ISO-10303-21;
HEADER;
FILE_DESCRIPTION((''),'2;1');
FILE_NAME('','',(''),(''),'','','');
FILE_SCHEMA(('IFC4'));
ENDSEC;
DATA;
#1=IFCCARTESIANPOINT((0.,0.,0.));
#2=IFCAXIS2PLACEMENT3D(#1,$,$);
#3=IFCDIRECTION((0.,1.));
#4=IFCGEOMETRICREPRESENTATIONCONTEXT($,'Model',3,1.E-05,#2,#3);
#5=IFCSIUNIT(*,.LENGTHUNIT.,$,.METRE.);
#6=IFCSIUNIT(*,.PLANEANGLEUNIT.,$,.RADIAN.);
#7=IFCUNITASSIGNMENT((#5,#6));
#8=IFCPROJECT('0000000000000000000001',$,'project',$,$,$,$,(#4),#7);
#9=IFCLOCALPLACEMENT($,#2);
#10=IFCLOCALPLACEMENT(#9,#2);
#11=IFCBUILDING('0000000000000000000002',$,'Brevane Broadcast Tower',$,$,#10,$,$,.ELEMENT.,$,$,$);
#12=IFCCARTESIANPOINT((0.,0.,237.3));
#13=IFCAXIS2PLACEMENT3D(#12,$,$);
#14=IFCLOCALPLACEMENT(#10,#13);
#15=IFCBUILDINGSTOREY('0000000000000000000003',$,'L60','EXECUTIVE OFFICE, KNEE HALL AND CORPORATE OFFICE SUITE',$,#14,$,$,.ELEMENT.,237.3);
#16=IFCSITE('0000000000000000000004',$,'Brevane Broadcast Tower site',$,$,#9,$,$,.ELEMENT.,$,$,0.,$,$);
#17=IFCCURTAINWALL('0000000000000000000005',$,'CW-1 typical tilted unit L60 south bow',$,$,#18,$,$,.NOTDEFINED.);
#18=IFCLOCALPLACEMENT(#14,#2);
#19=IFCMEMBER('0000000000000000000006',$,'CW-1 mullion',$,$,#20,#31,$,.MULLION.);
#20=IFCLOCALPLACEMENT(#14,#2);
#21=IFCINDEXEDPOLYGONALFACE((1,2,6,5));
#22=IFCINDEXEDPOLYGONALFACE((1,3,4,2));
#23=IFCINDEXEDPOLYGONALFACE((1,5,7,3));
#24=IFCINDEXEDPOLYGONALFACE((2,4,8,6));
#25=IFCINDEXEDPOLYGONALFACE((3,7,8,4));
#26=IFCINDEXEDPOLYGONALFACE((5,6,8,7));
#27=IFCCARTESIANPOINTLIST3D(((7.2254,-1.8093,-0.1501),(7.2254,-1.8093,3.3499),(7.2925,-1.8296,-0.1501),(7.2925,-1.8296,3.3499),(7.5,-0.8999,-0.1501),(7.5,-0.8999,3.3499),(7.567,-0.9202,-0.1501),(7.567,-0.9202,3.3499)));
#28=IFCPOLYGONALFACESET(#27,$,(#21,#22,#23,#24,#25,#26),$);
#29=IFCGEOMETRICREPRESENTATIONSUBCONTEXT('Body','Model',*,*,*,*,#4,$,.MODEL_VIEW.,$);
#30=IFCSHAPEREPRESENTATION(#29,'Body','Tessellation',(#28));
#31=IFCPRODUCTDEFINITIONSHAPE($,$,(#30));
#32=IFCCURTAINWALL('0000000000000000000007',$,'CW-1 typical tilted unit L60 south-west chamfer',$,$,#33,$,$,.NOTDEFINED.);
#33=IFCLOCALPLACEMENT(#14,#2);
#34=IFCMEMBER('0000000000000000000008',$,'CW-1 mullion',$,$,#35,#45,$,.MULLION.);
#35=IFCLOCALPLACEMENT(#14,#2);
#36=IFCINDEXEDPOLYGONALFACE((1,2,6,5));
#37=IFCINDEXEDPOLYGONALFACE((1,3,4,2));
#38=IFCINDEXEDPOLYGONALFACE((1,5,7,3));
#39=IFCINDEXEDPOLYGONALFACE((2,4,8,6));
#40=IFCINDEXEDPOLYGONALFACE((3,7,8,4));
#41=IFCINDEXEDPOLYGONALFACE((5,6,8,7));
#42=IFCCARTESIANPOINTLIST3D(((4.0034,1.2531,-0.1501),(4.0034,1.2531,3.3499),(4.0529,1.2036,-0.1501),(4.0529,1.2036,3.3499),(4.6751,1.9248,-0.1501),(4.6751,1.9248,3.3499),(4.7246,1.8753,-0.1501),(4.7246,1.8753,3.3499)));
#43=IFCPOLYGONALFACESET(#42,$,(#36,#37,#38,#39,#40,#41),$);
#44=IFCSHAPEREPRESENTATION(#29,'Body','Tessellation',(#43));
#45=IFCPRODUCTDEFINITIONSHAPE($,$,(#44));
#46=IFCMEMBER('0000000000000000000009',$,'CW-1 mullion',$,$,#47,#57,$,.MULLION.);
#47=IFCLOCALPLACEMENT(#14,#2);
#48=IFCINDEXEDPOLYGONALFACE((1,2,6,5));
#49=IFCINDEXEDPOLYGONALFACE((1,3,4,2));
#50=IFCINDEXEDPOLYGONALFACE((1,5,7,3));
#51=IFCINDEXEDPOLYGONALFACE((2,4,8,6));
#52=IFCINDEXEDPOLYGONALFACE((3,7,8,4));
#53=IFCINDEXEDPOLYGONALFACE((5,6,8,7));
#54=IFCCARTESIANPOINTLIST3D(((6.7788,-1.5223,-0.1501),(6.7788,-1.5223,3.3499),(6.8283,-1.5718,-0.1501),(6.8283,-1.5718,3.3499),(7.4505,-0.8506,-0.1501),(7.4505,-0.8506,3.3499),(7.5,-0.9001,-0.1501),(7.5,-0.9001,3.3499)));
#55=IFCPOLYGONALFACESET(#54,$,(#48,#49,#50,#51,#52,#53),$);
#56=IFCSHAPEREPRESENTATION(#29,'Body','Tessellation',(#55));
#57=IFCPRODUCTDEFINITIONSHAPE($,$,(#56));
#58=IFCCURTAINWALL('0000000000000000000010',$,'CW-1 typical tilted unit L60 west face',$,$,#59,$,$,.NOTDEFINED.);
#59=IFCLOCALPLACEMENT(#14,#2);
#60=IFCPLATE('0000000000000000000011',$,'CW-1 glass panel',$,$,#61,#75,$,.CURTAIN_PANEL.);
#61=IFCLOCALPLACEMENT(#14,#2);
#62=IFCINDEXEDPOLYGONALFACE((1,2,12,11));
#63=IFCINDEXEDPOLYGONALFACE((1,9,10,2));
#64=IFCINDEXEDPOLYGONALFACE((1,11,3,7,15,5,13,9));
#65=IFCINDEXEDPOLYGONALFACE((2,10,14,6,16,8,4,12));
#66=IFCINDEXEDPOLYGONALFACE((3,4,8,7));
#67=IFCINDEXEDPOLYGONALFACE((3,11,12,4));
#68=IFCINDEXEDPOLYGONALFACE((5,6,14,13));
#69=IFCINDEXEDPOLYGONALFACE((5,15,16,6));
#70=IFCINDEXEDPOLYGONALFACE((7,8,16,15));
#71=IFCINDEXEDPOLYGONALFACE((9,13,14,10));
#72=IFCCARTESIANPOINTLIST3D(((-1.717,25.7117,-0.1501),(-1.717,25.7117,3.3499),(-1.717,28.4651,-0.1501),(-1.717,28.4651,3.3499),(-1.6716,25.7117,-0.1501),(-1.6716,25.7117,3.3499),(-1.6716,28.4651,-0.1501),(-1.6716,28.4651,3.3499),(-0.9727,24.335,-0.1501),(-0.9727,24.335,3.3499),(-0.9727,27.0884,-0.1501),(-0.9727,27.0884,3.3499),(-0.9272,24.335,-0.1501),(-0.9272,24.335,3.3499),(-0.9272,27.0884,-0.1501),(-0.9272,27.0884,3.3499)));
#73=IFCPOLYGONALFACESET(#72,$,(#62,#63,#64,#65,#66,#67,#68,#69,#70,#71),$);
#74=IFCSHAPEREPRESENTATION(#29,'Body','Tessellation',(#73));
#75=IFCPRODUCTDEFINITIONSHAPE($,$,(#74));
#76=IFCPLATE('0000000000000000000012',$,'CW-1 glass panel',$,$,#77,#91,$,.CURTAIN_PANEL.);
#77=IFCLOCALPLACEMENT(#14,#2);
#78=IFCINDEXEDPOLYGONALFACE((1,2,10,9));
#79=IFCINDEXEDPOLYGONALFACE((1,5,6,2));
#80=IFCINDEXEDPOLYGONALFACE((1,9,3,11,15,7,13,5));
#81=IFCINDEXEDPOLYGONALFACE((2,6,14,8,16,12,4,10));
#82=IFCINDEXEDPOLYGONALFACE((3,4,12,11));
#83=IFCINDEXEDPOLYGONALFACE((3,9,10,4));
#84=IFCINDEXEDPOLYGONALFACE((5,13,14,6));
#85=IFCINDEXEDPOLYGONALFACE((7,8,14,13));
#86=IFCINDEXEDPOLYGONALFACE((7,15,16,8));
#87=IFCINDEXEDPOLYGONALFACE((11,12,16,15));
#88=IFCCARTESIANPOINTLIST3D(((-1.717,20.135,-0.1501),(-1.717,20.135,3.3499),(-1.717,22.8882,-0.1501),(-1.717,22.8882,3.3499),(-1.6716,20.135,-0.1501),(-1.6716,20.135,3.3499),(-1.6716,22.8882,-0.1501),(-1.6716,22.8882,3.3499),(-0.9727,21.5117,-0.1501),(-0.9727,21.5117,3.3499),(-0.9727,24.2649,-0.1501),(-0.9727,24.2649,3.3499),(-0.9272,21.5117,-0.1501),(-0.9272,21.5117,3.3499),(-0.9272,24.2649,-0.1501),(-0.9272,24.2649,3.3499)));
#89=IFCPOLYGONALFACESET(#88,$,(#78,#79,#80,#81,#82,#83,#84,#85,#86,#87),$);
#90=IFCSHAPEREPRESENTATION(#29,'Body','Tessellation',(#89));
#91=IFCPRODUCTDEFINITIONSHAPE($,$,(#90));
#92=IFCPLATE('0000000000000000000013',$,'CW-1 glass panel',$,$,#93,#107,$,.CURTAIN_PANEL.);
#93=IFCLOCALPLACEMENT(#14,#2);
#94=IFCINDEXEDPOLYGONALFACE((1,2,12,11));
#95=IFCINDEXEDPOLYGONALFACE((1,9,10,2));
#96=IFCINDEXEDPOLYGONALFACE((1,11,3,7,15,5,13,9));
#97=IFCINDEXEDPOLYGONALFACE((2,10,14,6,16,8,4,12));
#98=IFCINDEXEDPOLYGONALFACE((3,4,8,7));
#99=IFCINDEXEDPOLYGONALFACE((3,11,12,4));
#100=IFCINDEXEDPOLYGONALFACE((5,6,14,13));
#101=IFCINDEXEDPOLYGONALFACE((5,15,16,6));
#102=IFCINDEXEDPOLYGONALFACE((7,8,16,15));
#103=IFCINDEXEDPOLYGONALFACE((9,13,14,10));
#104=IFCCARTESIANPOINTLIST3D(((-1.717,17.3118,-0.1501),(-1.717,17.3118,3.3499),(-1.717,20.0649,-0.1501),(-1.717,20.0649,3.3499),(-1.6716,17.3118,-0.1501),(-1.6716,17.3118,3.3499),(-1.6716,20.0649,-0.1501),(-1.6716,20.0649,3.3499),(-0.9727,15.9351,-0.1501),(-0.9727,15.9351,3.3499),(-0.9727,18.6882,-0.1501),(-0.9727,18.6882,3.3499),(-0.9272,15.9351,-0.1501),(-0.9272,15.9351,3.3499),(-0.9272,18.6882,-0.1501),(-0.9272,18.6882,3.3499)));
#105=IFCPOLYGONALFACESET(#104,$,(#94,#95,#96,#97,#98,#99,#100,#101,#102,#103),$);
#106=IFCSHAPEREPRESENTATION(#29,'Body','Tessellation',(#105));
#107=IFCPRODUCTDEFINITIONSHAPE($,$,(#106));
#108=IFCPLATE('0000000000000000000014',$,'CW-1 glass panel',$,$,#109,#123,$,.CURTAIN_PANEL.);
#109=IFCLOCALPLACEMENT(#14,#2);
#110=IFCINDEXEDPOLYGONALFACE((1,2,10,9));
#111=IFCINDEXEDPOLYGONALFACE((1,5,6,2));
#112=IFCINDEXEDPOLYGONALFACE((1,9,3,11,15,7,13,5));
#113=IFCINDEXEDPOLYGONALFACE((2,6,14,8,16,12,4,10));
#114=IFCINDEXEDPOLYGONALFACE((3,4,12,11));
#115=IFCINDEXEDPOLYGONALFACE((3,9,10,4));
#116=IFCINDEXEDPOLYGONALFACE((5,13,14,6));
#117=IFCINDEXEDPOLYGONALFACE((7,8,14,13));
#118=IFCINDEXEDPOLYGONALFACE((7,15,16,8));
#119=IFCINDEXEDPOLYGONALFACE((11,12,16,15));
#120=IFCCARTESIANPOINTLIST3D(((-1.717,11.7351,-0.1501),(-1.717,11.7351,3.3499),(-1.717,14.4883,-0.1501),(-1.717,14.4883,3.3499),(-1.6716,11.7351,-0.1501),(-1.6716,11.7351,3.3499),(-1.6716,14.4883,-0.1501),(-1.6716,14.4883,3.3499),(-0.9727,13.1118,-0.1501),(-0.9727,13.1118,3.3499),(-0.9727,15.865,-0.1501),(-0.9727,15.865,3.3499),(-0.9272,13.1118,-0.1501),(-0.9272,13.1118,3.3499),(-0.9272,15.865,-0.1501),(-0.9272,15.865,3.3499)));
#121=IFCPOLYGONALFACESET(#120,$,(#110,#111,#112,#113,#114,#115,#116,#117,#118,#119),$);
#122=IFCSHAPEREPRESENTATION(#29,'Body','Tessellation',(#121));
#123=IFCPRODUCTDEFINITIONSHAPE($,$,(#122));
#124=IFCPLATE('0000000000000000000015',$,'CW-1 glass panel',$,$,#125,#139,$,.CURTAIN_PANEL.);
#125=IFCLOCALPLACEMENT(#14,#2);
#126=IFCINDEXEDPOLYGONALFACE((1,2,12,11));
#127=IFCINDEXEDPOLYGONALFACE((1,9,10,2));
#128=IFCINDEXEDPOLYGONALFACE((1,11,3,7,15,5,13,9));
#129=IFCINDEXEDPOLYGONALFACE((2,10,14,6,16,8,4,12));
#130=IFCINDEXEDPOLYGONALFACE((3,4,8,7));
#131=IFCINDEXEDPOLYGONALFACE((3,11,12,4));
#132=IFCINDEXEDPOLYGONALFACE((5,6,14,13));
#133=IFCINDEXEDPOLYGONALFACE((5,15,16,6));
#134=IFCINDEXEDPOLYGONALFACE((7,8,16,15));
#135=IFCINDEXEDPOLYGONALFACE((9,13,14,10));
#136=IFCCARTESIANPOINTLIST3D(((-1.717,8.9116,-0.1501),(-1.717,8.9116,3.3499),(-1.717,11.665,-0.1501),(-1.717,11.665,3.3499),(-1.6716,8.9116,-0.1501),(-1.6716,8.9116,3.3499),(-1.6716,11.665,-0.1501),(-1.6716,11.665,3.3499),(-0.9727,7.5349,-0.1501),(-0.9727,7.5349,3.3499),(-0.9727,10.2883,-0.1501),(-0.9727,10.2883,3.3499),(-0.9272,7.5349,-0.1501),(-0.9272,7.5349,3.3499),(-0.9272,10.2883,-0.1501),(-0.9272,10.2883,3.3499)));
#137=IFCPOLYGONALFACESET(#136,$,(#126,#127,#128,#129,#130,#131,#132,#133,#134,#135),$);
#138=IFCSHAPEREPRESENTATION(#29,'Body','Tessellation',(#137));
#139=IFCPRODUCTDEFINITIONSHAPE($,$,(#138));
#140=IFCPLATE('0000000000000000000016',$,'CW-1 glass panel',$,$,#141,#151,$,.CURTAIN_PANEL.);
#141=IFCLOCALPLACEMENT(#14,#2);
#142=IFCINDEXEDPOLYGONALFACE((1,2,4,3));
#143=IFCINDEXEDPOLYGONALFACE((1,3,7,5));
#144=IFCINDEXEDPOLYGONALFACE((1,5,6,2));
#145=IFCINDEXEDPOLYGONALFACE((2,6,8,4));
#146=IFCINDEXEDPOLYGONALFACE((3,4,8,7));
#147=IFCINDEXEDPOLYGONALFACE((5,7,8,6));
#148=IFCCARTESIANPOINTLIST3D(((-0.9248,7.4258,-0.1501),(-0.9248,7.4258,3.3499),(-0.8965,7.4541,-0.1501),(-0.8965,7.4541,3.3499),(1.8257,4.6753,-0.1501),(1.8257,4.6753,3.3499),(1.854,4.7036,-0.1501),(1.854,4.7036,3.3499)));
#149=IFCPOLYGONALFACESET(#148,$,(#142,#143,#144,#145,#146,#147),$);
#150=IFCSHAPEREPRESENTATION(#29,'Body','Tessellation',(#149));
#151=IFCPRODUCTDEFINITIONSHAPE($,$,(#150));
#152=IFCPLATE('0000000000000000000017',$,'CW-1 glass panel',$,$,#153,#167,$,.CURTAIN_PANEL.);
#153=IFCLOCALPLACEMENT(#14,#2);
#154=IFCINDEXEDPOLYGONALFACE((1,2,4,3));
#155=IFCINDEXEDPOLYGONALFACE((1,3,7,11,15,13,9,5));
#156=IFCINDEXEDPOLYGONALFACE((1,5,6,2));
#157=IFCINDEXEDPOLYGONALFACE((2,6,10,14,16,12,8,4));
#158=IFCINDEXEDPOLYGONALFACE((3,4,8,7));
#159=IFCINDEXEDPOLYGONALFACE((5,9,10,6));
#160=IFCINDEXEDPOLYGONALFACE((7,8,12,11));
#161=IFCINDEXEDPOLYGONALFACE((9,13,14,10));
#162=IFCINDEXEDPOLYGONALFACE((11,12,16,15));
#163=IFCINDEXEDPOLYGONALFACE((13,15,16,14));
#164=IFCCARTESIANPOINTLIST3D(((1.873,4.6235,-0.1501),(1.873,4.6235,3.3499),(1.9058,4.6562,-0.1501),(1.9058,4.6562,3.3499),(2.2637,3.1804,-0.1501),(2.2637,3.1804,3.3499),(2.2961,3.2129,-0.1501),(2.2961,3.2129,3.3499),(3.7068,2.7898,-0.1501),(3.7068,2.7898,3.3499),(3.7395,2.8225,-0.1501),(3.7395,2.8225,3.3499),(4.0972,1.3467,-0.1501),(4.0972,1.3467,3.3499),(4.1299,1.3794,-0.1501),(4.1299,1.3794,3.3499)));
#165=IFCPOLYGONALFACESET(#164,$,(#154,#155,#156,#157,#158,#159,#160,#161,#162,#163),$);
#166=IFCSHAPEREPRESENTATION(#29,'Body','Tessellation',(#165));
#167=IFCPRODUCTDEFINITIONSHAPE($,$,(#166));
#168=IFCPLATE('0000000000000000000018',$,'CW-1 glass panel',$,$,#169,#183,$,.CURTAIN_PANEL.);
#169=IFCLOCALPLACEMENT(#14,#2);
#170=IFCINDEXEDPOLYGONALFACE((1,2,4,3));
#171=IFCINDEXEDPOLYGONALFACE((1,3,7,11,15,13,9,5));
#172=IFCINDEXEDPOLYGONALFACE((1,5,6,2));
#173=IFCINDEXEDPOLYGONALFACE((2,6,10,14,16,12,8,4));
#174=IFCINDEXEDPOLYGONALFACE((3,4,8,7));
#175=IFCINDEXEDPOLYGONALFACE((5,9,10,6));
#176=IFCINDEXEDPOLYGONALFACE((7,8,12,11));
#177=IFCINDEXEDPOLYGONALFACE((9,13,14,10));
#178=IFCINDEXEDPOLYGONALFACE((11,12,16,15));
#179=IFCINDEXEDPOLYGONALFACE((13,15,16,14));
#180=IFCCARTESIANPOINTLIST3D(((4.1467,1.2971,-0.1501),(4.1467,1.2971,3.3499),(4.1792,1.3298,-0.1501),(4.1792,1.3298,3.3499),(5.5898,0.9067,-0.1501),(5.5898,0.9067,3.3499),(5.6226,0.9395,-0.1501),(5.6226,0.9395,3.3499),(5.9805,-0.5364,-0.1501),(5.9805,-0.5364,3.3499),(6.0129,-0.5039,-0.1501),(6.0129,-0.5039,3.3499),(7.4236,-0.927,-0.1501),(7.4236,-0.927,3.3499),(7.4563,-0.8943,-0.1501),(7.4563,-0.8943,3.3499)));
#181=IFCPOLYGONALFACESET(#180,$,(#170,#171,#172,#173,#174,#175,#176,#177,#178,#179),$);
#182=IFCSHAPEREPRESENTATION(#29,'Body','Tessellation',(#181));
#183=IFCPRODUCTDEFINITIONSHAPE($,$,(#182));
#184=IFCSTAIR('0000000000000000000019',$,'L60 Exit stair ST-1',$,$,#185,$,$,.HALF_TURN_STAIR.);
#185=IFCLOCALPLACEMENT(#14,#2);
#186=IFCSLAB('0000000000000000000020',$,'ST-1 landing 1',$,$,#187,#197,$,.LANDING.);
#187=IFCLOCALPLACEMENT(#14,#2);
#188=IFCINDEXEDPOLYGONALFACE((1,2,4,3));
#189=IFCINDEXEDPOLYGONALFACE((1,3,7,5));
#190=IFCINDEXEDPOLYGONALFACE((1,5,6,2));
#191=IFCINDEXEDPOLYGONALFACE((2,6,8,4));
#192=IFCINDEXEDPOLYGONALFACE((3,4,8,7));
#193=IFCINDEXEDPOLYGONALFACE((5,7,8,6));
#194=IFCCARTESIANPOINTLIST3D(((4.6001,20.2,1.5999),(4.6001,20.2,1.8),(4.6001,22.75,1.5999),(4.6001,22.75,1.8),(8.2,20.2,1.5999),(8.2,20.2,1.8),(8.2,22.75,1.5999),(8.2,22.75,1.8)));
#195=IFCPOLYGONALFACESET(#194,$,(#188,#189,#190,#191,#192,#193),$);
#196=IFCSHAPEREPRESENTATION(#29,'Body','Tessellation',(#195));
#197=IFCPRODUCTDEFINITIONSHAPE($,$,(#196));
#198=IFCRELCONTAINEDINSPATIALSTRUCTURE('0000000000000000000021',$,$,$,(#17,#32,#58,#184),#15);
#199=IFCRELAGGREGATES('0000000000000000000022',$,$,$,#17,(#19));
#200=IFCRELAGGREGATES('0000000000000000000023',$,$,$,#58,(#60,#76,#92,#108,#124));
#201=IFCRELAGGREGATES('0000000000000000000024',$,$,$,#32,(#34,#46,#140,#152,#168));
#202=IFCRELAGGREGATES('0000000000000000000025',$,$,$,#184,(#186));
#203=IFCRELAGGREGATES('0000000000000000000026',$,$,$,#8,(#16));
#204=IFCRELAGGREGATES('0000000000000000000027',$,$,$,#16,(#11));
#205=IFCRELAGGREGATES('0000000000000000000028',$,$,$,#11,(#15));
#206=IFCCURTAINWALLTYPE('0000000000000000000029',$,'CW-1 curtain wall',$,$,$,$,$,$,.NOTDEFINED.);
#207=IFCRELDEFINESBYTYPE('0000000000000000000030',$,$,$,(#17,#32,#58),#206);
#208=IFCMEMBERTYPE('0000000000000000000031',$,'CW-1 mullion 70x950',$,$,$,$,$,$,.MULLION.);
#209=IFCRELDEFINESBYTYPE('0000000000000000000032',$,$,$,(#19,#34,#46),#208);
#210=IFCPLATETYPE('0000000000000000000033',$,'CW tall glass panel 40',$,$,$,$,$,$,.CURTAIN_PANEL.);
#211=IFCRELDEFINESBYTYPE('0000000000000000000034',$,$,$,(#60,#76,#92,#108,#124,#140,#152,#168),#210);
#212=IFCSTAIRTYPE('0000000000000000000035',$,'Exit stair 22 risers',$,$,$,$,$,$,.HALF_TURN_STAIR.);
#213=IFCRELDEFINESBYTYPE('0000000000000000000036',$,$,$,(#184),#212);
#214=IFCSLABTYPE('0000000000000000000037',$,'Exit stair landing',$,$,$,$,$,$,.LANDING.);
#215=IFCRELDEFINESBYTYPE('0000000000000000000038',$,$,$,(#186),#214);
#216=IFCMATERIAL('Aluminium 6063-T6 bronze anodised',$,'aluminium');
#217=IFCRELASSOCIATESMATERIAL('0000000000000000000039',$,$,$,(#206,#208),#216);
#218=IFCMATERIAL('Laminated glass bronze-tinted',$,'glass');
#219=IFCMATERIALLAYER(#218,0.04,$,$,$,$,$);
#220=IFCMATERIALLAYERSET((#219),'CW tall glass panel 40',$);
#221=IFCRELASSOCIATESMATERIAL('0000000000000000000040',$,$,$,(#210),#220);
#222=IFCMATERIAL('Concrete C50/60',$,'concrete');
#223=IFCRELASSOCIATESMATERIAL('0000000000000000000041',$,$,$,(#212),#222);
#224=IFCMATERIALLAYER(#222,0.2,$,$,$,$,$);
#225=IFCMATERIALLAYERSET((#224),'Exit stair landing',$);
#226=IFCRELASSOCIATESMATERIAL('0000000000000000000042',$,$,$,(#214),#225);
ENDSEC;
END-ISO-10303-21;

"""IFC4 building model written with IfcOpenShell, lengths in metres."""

from ifc_helpers import new_model, si_unit, direction, frame, origin, origin_2d, place, context, subcontext, project, spatial, polyline, rectangle, outline, extrude, material, layer, layer_set, material_profile, profile_set, type_object, element, aggregate, save


model = new_model("IFC4")

# Units and contexts
model_context = context("Model", 3, precision=1e-05, world=origin(), true_north=direction((0.0, 1.0)))
body_context = subcontext(model_context, "Body", "Model", "MODEL_VIEW")
ifc_project = project(units=[si_unit("LENGTHUNIT", "METRE"), si_unit("PLANEANGLEUNIT", "RADIAN")], contexts=[model_context])

# Site, building, storey
site_placement = place(None, origin())
site = spatial("IfcSite", under=ifc_project, at=site_placement, Name="Brevane Broadcast Tower site", CompositionType="ELEMENT", RefElevation=0.0)
building_placement = place(site_placement, origin())
building = spatial("IfcBuilding", under=site, at=building_placement, Name="Brevane Broadcast Tower", CompositionType="ELEMENT")
storey_placement = place(building_placement, frame((0.0, 0.0, 237.3)))
storey = spatial("IfcBuildingStorey", under=building, at=storey_placement, Name="L60", Description="EXECUTIVE OFFICE, KNEE HALL AND CORPORATE OFFICE SUITE", CompositionType="ELEMENT", Elevation=237.3)

# Curtain wall, member
ifc_material_1 = material(Name="Aluminium 6063-T6 bronze anodised", Category="aluminium")
curtain_wall_type = type_object("IfcCurtainWallType", Name="CW-1 curtain wall", PredefinedType="NOTDEFINED", material=ifc_material_1)
curtain_wall_1_placement = place(storey_placement, origin())
curtain_wall_1 = element("IfcCurtainWall", 1, at=curtain_wall_1_placement, inside=storey, type_object=curtain_wall_type, Name="CW-1 typical tilted unit L60 south bow", PredefinedType="NOTDEFINED")
ifc_material_profile = material_profile(ifc_material_1, rectangle(XDim=0.95, YDim=0.0701, at=origin_2d()), Name="RECT 70x950")
ifc_profile_set = profile_set([ifc_material_profile], Name="Aluminium 6063-T6 bronze anodised")
member_type = type_object("IfcMemberType", Name="CW-1 mullion 70x950", PredefinedType="MULLION", material=ifc_profile_set)
member_1_placement = place(storey_placement, frame((7.3962, -1.3647, -0.1501), z_axis=(0.0, 0.0, 1.0), x_axis=(0.288968, 0.957339, 0.0)))
member_1 = element("IfcMember", 2, at=member_1_placement, type_object=member_type, Name="CW-1 mullion", PredefinedType="MULLION", context=body_context, shape_type="SweptSolid", body=[
    extrude(rectangle(XDim=0.95, YDim=0.0701, at=origin_2d()), origin(), (0.0, 0.0, 1.0), 3.5),
])
aggregate(curtain_wall_1, [member_1])

# Curtain wall, members
curtain_wall_2_placement = place(storey_placement, origin())
curtain_wall_2 = element("IfcCurtainWall", 3, at=curtain_wall_2_placement, inside=storey, type_object=curtain_wall_type, Name="CW-1 typical tilted unit L60 south-west chamfer", PredefinedType="NOTDEFINED")
member_2_placement = place(storey_placement, frame((4.364, 1.5642, -0.1501), z_axis=(0.0, 0.0, 1.0), x_axis=(0.707107, 0.707107, 0.0)))
member_2 = element("IfcMember", 4, at=member_2_placement, type_object=member_type, Name="CW-1 mullion", PredefinedType="MULLION", context=body_context, shape_type="SweptSolid", body=[
    extrude(rectangle(XDim=0.95, YDim=0.0701, at=origin_2d()), origin(), (0.0, 0.0, 1.0), 3.5),
])
member_3_placement = place(storey_placement, frame((7.1394, -1.2112, -0.1501), z_axis=(0.0, 0.0, 1.0), x_axis=(0.707107, 0.707107, 0.0)))
member_3 = element("IfcMember", 5, at=member_3_placement, type_object=member_type, Name="CW-1 mullion", PredefinedType="MULLION", context=body_context, shape_type="SweptSolid", body=[
    extrude(rectangle(XDim=0.95, YDim=0.0701, at=origin_2d()), origin(), (0.0, 0.0, 1.0), 3.5),
])

# Curtain wall, plates
curtain_wall_3_placement = place(storey_placement, origin())
curtain_wall_3 = element("IfcCurtainWall", 6, at=curtain_wall_3_placement, inside=storey, type_object=curtain_wall_type, Name="CW-1 typical tilted unit L60 west face", PredefinedType="NOTDEFINED")
ifc_material_2 = material(Name="Laminated glass bronze-tinted", Category="glass")
ifc_layer_1 = layer(ifc_material_2, 0.04)
ifc_layer_set_1 = layer_set([ifc_layer_1], Name="CW tall glass panel 40")
plate_type = type_object("IfcPlateType", Name="CW tall glass panel 40", PredefinedType="CURTAIN_PANEL", material=ifc_layer_set_1)
plate_1_placement = place(storey_placement, frame((0.0, 0.0, -0.1501)))
plate_1 = element("IfcPlate", 7, at=plate_1_placement, type_object=plate_type, Name="CW-1 glass panel", PredefinedType="CURTAIN_PANEL", context=body_context, shape_type="SweptSolid", body=[
    extrude(outline(polyline([(-1.6716, 28.4651), (-1.717, 28.4651), (-0.9727, 27.0884), (-1.717, 25.7117), (-0.9727, 24.335), (-0.9272, 24.335), (-1.6716, 25.7117), (-0.9272, 27.0884), (-1.6716, 28.4651)])), origin(), (0.0, 0.0, 1.0), 3.5),
])
plate_2_placement = place(storey_placement, frame((0.0, 0.0, -0.1501)))
plate_2 = element("IfcPlate", 8, at=plate_2_placement, type_object=plate_type, Name="CW-1 glass panel", PredefinedType="CURTAIN_PANEL", context=body_context, shape_type="SweptSolid", body=[
    extrude(outline(polyline([(-0.9272, 24.2649), (-0.9727, 24.2649), (-1.717, 22.8882), (-0.9727, 21.5117), (-1.717, 20.135), (-1.6716, 20.135), (-0.9272, 21.5117), (-1.6716, 22.8882), (-0.9272, 24.2649)])), origin(), (0.0, 0.0, 1.0), 3.5),
])
plate_3_placement = place(storey_placement, frame((0.0, 0.0, -0.1501)))
plate_3 = element("IfcPlate", 9, at=plate_3_placement, type_object=plate_type, Name="CW-1 glass panel", PredefinedType="CURTAIN_PANEL", context=body_context, shape_type="SweptSolid", body=[
    extrude(outline(polyline([(-1.6716, 20.0649), (-1.717, 20.0649), (-0.9727, 18.6882), (-1.717, 17.3118), (-0.9727, 15.9351), (-0.9272, 15.9351), (-1.6716, 17.3118), (-0.9272, 18.6882), (-1.6716, 20.0649)])), origin(), (0.0, 0.0, 1.0), 3.5),
])
plate_4_placement = place(storey_placement, frame((0.0, 0.0, -0.1501)))
plate_4 = element("IfcPlate", 10, at=plate_4_placement, type_object=plate_type, Name="CW-1 glass panel", PredefinedType="CURTAIN_PANEL", context=body_context, shape_type="SweptSolid", body=[
    extrude(outline(polyline([(-0.9272, 15.865), (-0.9727, 15.865), (-1.717, 14.4883), (-0.9727, 13.1118), (-1.717, 11.7351), (-1.6716, 11.7351), (-0.9272, 13.1118), (-1.6716, 14.4883), (-0.9272, 15.865)])), origin(), (0.0, 0.0, 1.0), 3.5),
])
plate_5_placement = place(storey_placement, frame((0.0, 0.0, -0.1501)))
plate_5 = element("IfcPlate", 11, at=plate_5_placement, type_object=plate_type, Name="CW-1 glass panel", PredefinedType="CURTAIN_PANEL", context=body_context, shape_type="SweptSolid", body=[
    extrude(outline(polyline([(-1.6716, 11.665), (-1.717, 11.665), (-0.9727, 10.2883), (-1.717, 8.9116), (-0.9727, 7.5349), (-0.9272, 7.5349), (-1.6716, 8.9116), (-0.9272, 10.2883), (-1.6716, 11.665)])), origin(), (0.0, 0.0, 1.0), 3.5),
])
aggregate(curtain_wall_3, [plate_1, plate_2, plate_3, plate_4, plate_5])

# Plates
plate_6_placement = place(storey_placement, frame((0.0, 0.0, -0.1501)))
plate_6 = element("IfcPlate", 12, at=plate_6_placement, type_object=plate_type, Name="CW-1 glass panel", PredefinedType="CURTAIN_PANEL", context=body_context, shape_type="SweptSolid", body=[
    extrude(outline(polyline([(-0.8965, 7.4541), (1.854, 4.7036), (1.8257, 4.6753), (-0.9248, 7.4258), (-0.8965, 7.4541)])), origin(), (0.0, 0.0, 1.0), 3.5),
])
plate_7_placement = place(storey_placement, frame((0.0, 0.0, -0.1501)))
plate_7 = element("IfcPlate", 13, at=plate_7_placement, type_object=plate_type, Name="CW-1 glass panel", PredefinedType="CURTAIN_PANEL", context=body_context, shape_type="SweptSolid", body=[
    extrude(outline(polyline([(1.9058, 4.6562), (1.873, 4.6235), (2.2637, 3.1804), (3.7068, 2.7898), (4.0972, 1.3467), (4.1299, 1.3794), (3.7395, 2.8225), (2.2961, 3.2129), (1.9058, 4.6562)])), origin(), (0.0, 0.0, 1.0), 3.5),
])
plate_8_placement = place(storey_placement, frame((0.0, 0.0, -0.1501)))
plate_8 = element("IfcPlate", 14, at=plate_8_placement, type_object=plate_type, Name="CW-1 glass panel", PredefinedType="CURTAIN_PANEL", context=body_context, shape_type="SweptSolid", body=[
    extrude(outline(polyline([(4.1792, 1.3298), (4.1467, 1.2971), (5.5898, 0.9067), (5.9805, -0.5364), (7.4236, -0.927), (7.4563, -0.8943), (6.0129, -0.5039), (5.6226, 0.9395), (4.1792, 1.3298)])), origin(), (0.0, 0.0, 1.0), 3.5),
])
aggregate(curtain_wall_2, [member_2, member_3, plate_6, plate_7, plate_8])

# Stair, slab
ifc_material_3 = material(Name="Concrete C50/60", Category="concrete")
stair_type = type_object("IfcStairType", Name="Exit stair 22 risers", PredefinedType="HALF_TURN_STAIR", material=ifc_material_3)
stair_1_placement = place(storey_placement, origin())
stair_1 = element("IfcStair", 15, at=stair_1_placement, inside=storey, type_object=stair_type, Name="L60 Exit stair ST-1", PredefinedType="HALF_TURN_STAIR")
ifc_layer_2 = layer(ifc_material_3, 0.2)
ifc_layer_set_2 = layer_set([ifc_layer_2], Name="Exit stair landing")
slab_type_1 = type_object("IfcSlabType", Name="Exit stair landing", PredefinedType="LANDING", material=ifc_layer_set_2)
slab_1_placement = place(storey_placement, frame((0.0, 0.0, 1.5999)))
slab_1 = element("IfcSlab", 16, at=slab_1_placement, type_object=slab_type_1, Name="ST-1 landing 1", PredefinedType="LANDING", context=body_context, shape_type="SweptSolid", body=[
    extrude(outline(polyline([(4.6001, 20.2), (8.2, 20.2), (8.2, 22.75), (4.6001, 22.75), (4.6001, 20.2)])), origin(), (0.0, 0.0, 1.0), 0.2002),
])
aggregate(stair_1, [slab_1])

save(model, "model.ifc")
